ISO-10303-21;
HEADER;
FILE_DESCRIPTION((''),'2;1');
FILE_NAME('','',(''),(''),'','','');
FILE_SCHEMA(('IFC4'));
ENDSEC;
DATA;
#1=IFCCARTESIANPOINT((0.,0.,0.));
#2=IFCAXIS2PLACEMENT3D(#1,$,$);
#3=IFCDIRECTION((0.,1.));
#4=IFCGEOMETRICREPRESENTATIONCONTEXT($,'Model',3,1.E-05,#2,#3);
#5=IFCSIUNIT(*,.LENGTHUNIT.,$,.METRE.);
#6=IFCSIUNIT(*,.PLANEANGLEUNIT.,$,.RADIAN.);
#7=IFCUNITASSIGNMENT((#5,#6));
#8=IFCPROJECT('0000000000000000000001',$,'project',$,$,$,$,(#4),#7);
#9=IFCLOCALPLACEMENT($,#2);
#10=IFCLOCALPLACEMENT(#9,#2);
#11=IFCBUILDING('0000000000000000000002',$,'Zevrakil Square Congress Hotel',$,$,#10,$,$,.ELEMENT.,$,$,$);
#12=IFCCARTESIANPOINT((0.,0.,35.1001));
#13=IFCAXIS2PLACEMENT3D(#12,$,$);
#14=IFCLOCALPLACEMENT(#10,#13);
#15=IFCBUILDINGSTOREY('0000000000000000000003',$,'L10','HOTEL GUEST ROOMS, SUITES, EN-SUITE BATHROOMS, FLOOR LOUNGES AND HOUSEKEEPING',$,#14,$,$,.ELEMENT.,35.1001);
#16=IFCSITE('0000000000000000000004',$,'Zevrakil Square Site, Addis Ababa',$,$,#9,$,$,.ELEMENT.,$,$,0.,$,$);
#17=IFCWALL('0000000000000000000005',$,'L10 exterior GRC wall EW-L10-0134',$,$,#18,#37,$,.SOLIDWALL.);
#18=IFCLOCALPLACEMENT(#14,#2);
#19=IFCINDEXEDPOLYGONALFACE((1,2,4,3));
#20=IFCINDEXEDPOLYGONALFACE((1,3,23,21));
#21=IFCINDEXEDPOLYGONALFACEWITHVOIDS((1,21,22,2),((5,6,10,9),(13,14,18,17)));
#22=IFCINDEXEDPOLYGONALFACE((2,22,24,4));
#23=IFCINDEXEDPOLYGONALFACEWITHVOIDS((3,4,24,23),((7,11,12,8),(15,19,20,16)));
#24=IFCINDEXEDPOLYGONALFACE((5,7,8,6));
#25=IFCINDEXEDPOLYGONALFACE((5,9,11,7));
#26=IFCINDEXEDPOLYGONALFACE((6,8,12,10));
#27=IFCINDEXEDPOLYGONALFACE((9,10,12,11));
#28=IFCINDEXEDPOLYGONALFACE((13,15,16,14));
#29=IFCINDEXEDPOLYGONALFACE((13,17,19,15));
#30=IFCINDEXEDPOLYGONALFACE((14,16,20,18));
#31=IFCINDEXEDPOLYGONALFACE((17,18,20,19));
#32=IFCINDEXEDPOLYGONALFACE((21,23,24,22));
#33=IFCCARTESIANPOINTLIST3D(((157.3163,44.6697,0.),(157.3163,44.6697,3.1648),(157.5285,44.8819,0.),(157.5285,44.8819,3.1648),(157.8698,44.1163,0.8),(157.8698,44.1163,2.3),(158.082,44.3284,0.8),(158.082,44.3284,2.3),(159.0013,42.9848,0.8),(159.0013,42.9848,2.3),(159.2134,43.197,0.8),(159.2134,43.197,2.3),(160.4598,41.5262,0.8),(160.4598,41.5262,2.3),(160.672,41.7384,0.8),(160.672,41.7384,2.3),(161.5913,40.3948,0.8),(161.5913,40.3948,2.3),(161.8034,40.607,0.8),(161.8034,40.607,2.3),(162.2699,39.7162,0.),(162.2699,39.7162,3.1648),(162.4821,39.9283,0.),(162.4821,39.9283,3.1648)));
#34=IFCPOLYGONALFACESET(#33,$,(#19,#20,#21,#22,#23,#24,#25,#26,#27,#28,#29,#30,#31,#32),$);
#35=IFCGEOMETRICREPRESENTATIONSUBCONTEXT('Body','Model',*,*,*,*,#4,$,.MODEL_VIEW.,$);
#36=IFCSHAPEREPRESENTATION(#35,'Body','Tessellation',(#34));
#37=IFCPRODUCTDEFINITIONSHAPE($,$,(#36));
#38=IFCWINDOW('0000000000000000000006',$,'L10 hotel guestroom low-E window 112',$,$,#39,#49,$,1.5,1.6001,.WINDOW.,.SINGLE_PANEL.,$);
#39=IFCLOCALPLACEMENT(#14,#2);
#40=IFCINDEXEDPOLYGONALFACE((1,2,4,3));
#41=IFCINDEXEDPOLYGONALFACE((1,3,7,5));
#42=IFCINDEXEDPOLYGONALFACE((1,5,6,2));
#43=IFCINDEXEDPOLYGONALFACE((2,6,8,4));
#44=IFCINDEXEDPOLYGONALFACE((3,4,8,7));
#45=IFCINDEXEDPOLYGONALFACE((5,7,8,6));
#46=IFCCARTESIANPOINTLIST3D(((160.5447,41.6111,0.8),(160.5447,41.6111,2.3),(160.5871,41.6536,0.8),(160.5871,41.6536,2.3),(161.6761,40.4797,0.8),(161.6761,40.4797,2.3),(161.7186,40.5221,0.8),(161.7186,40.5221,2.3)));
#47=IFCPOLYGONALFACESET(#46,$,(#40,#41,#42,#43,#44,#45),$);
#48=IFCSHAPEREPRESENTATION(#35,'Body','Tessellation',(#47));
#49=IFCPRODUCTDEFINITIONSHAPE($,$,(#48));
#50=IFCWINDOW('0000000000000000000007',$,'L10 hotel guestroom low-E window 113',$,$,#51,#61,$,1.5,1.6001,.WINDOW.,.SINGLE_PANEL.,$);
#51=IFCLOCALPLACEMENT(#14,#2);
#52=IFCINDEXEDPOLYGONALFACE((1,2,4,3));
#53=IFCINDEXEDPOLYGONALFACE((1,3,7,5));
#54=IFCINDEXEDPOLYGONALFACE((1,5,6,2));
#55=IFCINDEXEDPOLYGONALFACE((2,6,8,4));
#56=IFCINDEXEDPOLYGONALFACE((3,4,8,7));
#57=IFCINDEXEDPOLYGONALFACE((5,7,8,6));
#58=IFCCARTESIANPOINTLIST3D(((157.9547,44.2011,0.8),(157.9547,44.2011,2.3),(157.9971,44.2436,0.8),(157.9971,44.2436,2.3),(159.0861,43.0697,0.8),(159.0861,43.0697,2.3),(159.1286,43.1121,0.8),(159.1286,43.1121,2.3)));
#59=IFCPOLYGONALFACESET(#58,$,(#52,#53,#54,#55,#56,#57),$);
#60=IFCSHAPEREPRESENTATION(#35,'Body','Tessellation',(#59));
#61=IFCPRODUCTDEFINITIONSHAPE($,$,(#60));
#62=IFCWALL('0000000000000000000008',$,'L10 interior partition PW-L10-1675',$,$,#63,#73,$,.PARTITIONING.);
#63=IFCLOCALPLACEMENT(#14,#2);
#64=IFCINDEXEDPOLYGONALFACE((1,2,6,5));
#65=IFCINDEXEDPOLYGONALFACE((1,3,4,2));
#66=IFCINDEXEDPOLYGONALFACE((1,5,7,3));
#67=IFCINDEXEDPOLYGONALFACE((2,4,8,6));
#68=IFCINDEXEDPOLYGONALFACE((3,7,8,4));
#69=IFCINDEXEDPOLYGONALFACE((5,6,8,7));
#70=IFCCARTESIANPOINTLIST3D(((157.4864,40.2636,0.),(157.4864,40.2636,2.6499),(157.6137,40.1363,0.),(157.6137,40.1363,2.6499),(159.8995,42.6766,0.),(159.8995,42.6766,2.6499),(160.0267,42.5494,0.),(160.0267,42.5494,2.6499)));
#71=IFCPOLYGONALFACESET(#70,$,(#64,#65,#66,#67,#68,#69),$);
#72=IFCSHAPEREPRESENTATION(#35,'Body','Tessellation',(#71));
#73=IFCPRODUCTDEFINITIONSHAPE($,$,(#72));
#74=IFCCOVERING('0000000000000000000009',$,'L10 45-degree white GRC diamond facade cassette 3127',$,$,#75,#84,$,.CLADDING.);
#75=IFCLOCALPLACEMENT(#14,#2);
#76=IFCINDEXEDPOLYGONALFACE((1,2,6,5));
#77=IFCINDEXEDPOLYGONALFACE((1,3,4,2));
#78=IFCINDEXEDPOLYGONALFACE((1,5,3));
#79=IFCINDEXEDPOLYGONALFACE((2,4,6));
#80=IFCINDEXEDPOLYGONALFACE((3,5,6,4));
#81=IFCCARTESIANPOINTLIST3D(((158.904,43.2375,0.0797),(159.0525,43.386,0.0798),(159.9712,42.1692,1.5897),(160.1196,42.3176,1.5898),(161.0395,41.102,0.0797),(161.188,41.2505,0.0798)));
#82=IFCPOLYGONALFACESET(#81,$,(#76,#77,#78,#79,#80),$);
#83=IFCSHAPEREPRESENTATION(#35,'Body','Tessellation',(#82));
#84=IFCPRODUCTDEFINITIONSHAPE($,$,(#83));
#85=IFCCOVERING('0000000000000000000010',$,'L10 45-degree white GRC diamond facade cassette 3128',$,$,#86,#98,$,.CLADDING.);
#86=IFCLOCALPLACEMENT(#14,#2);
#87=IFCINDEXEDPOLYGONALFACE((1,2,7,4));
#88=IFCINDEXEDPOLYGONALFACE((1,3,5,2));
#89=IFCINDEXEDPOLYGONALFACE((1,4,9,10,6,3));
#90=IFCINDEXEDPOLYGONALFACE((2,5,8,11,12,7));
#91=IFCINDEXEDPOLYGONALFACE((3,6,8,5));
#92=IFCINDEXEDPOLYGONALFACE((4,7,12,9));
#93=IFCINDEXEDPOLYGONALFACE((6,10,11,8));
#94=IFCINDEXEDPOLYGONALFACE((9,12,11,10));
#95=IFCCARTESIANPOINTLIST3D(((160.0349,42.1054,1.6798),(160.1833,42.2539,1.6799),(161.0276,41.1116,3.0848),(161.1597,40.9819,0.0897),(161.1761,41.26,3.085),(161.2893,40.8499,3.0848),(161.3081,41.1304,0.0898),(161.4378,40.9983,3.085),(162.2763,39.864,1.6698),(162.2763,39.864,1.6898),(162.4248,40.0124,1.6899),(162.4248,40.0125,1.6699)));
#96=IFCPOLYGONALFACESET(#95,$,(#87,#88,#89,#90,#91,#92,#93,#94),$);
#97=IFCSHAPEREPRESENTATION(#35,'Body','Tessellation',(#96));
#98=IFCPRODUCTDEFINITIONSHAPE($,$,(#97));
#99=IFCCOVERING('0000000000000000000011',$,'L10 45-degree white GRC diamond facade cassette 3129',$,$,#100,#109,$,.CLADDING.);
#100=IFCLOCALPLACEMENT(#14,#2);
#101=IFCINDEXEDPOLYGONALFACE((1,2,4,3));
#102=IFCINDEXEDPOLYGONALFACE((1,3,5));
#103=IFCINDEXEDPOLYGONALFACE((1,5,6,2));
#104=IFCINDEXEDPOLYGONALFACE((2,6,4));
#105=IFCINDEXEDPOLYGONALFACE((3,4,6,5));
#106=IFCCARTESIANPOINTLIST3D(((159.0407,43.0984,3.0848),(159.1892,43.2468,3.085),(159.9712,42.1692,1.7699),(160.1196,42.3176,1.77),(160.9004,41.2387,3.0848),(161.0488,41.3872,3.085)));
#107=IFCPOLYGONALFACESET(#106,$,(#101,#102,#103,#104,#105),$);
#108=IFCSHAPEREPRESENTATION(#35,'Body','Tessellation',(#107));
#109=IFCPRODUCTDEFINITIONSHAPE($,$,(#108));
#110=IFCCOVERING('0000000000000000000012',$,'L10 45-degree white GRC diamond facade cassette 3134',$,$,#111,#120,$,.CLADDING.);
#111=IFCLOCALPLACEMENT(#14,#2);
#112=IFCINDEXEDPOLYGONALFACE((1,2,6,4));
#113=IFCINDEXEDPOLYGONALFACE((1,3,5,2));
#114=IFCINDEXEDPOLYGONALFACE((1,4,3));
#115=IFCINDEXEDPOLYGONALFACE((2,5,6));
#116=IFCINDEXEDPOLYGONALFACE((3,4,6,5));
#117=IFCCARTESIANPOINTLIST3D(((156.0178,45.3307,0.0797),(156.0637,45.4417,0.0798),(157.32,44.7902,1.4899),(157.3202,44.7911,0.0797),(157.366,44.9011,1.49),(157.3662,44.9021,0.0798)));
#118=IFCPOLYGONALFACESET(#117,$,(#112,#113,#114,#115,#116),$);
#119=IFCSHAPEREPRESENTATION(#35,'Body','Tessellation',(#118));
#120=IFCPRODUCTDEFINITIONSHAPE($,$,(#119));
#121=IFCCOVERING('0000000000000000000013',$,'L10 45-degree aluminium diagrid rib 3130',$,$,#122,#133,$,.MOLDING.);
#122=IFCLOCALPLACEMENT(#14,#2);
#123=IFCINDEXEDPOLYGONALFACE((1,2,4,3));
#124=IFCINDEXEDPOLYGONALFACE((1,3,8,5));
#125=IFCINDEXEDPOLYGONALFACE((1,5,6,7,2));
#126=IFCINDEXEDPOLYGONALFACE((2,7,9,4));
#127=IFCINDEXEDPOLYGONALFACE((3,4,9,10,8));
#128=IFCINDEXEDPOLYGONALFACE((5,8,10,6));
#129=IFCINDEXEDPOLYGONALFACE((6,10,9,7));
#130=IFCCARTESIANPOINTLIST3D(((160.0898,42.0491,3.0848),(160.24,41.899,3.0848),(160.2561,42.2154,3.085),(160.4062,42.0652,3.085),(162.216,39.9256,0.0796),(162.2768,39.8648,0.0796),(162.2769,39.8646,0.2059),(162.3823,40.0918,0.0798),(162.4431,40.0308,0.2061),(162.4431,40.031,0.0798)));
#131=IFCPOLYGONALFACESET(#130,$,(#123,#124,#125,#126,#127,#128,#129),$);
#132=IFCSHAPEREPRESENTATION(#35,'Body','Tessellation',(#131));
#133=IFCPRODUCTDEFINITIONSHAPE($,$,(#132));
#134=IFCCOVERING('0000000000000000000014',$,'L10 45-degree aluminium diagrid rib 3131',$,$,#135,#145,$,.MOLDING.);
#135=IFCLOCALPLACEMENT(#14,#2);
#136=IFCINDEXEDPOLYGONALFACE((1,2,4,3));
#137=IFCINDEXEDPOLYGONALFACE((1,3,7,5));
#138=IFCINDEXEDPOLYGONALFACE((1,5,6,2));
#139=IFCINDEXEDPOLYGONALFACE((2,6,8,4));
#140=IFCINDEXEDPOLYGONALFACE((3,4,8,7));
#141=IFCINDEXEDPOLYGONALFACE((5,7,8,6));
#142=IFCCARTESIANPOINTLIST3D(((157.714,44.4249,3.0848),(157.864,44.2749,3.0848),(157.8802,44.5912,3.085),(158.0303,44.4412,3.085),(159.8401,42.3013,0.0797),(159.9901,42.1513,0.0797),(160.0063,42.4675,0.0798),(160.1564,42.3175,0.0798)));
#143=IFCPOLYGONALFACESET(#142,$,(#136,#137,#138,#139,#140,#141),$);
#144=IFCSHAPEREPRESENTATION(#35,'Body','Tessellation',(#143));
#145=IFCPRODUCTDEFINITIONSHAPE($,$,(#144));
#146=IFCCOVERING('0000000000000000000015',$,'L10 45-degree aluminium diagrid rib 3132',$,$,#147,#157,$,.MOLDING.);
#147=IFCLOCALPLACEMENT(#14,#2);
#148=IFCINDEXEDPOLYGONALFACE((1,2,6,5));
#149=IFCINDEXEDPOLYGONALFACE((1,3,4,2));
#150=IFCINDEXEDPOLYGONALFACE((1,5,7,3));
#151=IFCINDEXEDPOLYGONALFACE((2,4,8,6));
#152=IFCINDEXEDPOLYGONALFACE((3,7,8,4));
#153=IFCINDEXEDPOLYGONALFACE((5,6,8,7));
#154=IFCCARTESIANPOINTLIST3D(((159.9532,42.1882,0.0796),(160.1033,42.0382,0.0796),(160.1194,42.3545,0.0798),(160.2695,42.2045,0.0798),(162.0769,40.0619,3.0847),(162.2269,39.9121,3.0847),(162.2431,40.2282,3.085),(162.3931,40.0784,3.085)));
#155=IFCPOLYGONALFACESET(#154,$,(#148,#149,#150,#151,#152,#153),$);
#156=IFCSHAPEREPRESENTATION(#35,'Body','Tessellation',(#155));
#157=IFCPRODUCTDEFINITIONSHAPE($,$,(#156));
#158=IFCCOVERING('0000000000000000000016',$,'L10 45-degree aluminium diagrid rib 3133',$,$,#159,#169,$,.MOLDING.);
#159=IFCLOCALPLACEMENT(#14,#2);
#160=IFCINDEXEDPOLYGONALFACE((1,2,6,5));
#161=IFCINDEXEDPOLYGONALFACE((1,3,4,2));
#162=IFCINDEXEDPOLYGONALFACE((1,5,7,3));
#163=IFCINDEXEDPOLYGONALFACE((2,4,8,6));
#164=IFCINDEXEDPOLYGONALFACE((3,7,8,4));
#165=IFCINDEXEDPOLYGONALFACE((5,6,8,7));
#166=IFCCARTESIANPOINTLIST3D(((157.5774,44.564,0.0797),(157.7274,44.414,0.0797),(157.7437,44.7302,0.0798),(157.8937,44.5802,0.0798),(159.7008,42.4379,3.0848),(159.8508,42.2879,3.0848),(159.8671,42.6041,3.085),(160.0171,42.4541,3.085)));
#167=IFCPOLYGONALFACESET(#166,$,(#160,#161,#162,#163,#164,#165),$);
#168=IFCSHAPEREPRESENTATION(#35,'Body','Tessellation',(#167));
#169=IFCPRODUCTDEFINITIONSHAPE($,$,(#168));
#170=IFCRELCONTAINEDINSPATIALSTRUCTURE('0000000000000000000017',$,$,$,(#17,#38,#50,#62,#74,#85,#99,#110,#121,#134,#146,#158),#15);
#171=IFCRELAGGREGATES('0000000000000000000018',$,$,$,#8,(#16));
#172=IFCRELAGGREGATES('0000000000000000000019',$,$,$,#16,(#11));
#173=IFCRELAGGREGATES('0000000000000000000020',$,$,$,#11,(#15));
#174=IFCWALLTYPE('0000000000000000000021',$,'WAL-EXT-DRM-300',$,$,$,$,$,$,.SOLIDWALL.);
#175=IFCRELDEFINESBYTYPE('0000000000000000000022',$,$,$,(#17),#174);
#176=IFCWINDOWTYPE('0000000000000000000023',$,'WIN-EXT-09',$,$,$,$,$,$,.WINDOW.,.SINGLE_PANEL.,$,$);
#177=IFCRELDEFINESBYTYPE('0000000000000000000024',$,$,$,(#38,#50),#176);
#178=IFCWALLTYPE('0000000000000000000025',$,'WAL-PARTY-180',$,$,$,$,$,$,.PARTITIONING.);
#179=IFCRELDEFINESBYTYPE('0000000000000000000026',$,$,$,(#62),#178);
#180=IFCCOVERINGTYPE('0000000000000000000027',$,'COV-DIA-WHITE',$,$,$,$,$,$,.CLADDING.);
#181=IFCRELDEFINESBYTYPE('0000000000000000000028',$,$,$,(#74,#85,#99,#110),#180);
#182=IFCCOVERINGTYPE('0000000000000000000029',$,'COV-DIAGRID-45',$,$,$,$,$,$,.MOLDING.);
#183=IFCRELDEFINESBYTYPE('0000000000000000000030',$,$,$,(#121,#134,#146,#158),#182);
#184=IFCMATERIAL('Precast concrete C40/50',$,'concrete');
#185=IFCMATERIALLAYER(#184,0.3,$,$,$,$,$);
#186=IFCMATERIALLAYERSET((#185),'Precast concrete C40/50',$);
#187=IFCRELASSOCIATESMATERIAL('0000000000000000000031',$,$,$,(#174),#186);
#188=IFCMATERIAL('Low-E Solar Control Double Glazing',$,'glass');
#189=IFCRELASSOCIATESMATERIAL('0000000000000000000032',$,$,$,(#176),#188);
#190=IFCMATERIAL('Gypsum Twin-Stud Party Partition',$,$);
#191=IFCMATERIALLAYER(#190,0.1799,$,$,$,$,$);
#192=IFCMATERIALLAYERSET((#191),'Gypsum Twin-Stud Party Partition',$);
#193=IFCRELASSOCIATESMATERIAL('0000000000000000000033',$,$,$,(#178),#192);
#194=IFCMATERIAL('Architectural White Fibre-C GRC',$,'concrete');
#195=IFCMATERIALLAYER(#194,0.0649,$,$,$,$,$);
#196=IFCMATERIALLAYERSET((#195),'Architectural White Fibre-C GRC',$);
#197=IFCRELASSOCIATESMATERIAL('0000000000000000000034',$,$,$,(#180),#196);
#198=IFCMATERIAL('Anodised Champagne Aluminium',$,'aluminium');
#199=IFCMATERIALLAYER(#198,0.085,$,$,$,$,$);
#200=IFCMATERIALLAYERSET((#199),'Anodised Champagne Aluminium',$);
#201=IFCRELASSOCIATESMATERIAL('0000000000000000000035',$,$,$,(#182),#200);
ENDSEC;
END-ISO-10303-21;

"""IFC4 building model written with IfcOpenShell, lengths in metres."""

from ifc_helpers import new_model, si_unit, direction, frame, frame_2d, origin, place, context, subcontext, project, spatial, polyline, rectangle, outline, extrude, material, layer, layer_set, type_object, element, fill, save


model = new_model("IFC4")

# Units and contexts
model_context = context("Model", 3, precision=1e-05, world=origin(), true_north=direction((0.0, 1.0)))
body_context = subcontext(model_context, "Body", "Model", "MODEL_VIEW")
ifc_project = project(units=[si_unit("LENGTHUNIT", "METRE"), si_unit("PLANEANGLEUNIT", "RADIAN")], contexts=[model_context])

# Site, building, storey
site_placement = place(None, origin())
site = spatial("IfcSite", under=ifc_project, at=site_placement, Name="Zevrakil Square Site, Addis Ababa", CompositionType="ELEMENT", RefElevation=0.0)
building_placement = place(site_placement, origin())
building = spatial("IfcBuilding", under=site, at=building_placement, Name="Zevrakil Square Congress Hotel", CompositionType="ELEMENT")
storey_placement = place(building_placement, frame((0.0, 0.0, 35.1001)))
storey = spatial("IfcBuildingStorey", under=building, at=storey_placement, Name="L10", Description="HOTEL GUEST ROOMS, SUITES, EN-SUITE BATHROOMS, FLOOR LOUNGES AND HOUSEKEEPING", CompositionType="ELEMENT", Elevation=35.1001)

# Wall, openings, windows
ifc_material_1 = material(Name="Precast concrete C40/50", Category="concrete")
ifc_layer_1 = layer(ifc_material_1, 0.3)
ifc_layer_set_1 = layer_set([ifc_layer_1], Name="Precast concrete C40/50")
wall_type_1 = type_object("IfcWallType", Name="WAL-EXT-DRM-300", PredefinedType="SOLIDWALL", material=ifc_layer_set_1)
wall_1_placement = place(storey_placement, frame((162.376, 39.8223, 0.0), z_axis=(0.0, 0.0, 1.0), x_axis=(-0.707107, 0.707107, 0.0)))
wall_1 = element("IfcWall", 1, at=wall_1_placement, inside=storey, type_object=wall_type_1, Name="L10 exterior GRC wall EW-L10-0134", PredefinedType="SOLIDWALL", context=body_context, shape_type="SweptSolid", body=[
    extrude(rectangle(XDim=7.0054, YDim=0.3, at=frame_2d((3.5027, 0.0))), origin(), (0.0, 0.0, 1.0), 3.1648),
])
opening_1_placement = place(wall_1_placement, frame((0.9597, 0.0, 0.8)))
opening_1 = element("IfcOpeningElement", 2, at=opening_1_placement, cuts=wall_1, PredefinedType="OPENING", context=body_context, shape_type="SweptSolid", body=[
    extrude(rectangle(XDim=1.6001, YDim=1.5, at=frame_2d((0.8, 0.75))), frame((0.0, 0.1602, 0.0), z_axis=(0.0, -1.0, 0.0), x_axis=(1.0, 0.0, 0.0)), (0.0, 0.0, 1.0), 0.3201),
])
opening_2_placement = place(wall_1_placement, frame((4.6226, 0.0, 0.8)))
opening_2 = element("IfcOpeningElement", 3, at=opening_2_placement, cuts=wall_1, PredefinedType="OPENING", context=body_context, shape_type="SweptSolid", body=[
    extrude(rectangle(XDim=1.6001, YDim=1.5, at=frame_2d((0.8, 0.75))), frame((0.0, 0.1602, 0.0), z_axis=(0.0, -1.0, 0.0), x_axis=(1.0, 0.0, 0.0)), (0.0, 0.0, 1.0), 0.3201),
])
ifc_material_2 = material(Name="Low-E Solar Control Double Glazing", Category="glass")
window_type = type_object("IfcWindowType", Name="WIN-EXT-09", PartitioningType="SINGLE_PANEL", PredefinedType="WINDOW", material=ifc_material_2)
window_1_placement = place(opening_1_placement, origin())
window_1 = element("IfcWindow", 4, at=window_1_placement, inside=storey, type_object=window_type, Name="L10 hotel guestroom low-E window 112", OverallHeight=1.5, OverallWidth=1.6001, PartitioningType="SINGLE_PANEL", PredefinedType="WINDOW", context=body_context, shape_type="SweptSolid", body=[
    extrude(rectangle(XDim=1.6001, YDim=1.5, at=frame_2d((0.8, 0.75))), frame((0.0, 0.03, 0.0), z_axis=(0.0, -1.0, 0.0), x_axis=(1.0, 0.0, 0.0)), (0.0, 0.0, 1.0), 0.0601),
])
fill(opening_1, window_1)
window_2_placement = place(opening_2_placement, origin())
window_2 = element("IfcWindow", 5, at=window_2_placement, inside=storey, type_object=window_type, Name="L10 hotel guestroom low-E window 113", OverallHeight=1.5, OverallWidth=1.6001, PartitioningType="SINGLE_PANEL", PredefinedType="WINDOW", context=body_context, shape_type="SweptSolid", body=[
    extrude(rectangle(XDim=1.6001, YDim=1.5, at=frame_2d((0.8, 0.75))), frame((0.0, 0.03, 0.0), z_axis=(0.0, -1.0, 0.0), x_axis=(1.0, 0.0, 0.0)), (0.0, 0.0, 1.0), 0.0601),
])
fill(opening_2, window_2)

# Wall
ifc_material_3 = material(Name="Gypsum Twin-Stud Party Partition")
ifc_layer_2 = layer(ifc_material_3, 0.1799)
ifc_layer_set_2 = layer_set([ifc_layer_2], Name="Gypsum Twin-Stud Party Partition")
wall_type_2 = type_object("IfcWallType", Name="WAL-PARTY-180", PredefinedType="PARTITIONING", material=ifc_layer_set_2)
wall_2_placement = place(storey_placement, frame((157.55, 40.2, 0.0), z_axis=(0.0, 0.0, 1.0), x_axis=(0.707107, 0.707107, 0.0)))
element("IfcWall", 6, at=wall_2_placement, inside=storey, type_object=wall_type_2, Name="L10 interior partition PW-L10-1675", PredefinedType="PARTITIONING", context=body_context, shape_type="SweptSolid", body=[
    extrude(rectangle(XDim=3.4126, YDim=0.1799, at=frame_2d((1.7063, 0.0))), origin(), (0.0, 0.0, 1.0), 2.6499),
])

# Coverings
ifc_material_4 = material(Name="Architectural White Fibre-C GRC", Category="concrete")
ifc_layer_3 = layer(ifc_material_4, 0.0649)
ifc_layer_set_3 = layer_set([ifc_layer_3], Name="Architectural White Fibre-C GRC")
covering_type_1 = type_object("IfcCoveringType", Name="COV-DIA-WHITE", PredefinedType="CLADDING", material=ifc_layer_set_3)
covering_1_placement = place(storey_placement, frame((160.1196, 42.3176, 1.5898), z_axis=(0.707107, 0.707107, 0.000572), x_axis=(-0.499717, 0.500288, -0.707103)))
element("IfcCovering", 7, at=covering_1_placement, inside=storey, type_object=covering_type_1, Name="L10 45-degree white GRC diamond facade cassette 3127", PredefinedType="CLADDING", context=body_context, shape_type="SweptSolid", body=[
    extrude(outline(polyline([(0.0, 0.0), (2.1355, 0.0), (0.0, -2.1355), (0.0, 0.0)])), origin(), (0.0, 0.0, -1.0), 0.21),
])
covering_2_placement = place(storey_placement, frame((160.1833, 42.2539, 1.6799), z_axis=(0.707107, 0.707107, 0.000577), x_axis=(0.50024, -0.499663, -0.707175)))
element("IfcCovering", 8, at=covering_2_placement, inside=storey, type_object=covering_type_1, Name="L10 45-degree white GRC diamond facade cassette 3128", PredefinedType="CLADDING", context=body_context, shape_type="SweptSolid", body=[
    extrude(outline(polyline([(0.0, 0.0), (2.2485, 0.0), (2.2483, -2.2346), (2.2342, -2.2487), (0.2613, -2.2485), (-0.0004, -1.9868), (0.0, 0.0)])), origin(), (0.0, 0.0, -1.0), 0.21),
])
covering_3_placement = place(storey_placement, frame((160.1196, 42.3176, 1.77), z_axis=(0.707107, 0.707107, 0.000656), x_axis=(0.499673, -0.50033, 0.707105)))
element("IfcCovering", 9, at=covering_3_placement, inside=storey, type_object=covering_type_1, Name="L10 45-degree white GRC diamond facade cassette 3129", PredefinedType="CLADDING", context=body_context, shape_type="SweptSolid", body=[
    extrude(outline(polyline([(0.0, 0.0), (1.8596, 0.0), (0.0, -1.8596), (0.0, 0.0)])), origin(), (0.0, 0.0, -1.0), 0.21),
])
covering_4_placement = place(storey_placement, frame((156.0637, 45.4417, 0.0798), z_axis=(0.382709, 0.923869, 0.000706), x_axis=(0.923869, -0.382709, 0.0)))
element("IfcCovering", 10, at=covering_4_placement, inside=storey, type_object=covering_type_1, Name="L10 45-degree white GRC diamond facade cassette 3134", PredefinedType="CLADDING", context=body_context, shape_type="SweptSolid", body=[
    extrude(outline(polyline([(0.0, 0.0), (1.4098, 0.0), (1.41, -1.4102), (0.0, 0.0)])), origin(), (0.0, 0.0, -1.0), 0.1201),
])
ifc_material_5 = material(Name="Anodised Champagne Aluminium", Category="aluminium")
ifc_layer_4 = layer(ifc_material_5, 0.085)
ifc_layer_set_4 = layer_set([ifc_layer_4], Name="Anodised Champagne Aluminium")
covering_type_2 = type_object("IfcCoveringType", Name="COV-DIAGRID-45", PredefinedType="MOLDING", material=ifc_layer_set_4)
covering_5_placement = place(storey_placement, frame((162.3823, 40.0918, 0.0798), z_axis=(0.707263, 0.70695, 0.000844), x_axis=(0.70695, -0.707263, 0.0)))
element("IfcCovering", 11, at=covering_5_placement, inside=storey, type_object=covering_type_2, Name="L10 45-degree aluminium diagrid rib 3130", PredefinedType="MOLDING", context=body_context, shape_type="SweptSolid", body=[
    extrude(outline(polyline([(0.0, 0.0), (0.086, 0.0), (0.0861, -0.1262), (-2.7927, -3.0051), (-3.005, -3.0051), (0.0, 0.0)])), origin(), (0.0, 0.0, -1.0), 0.2351),
])
covering_6_placement = place(storey_placement, frame((160.0063, 42.4675, 0.0798), z_axis=(0.707107, 0.707107, 0.000574), x_axis=(0.707107, -0.707107, 0.0)))
element("IfcCovering", 12, at=covering_6_placement, inside=storey, type_object=covering_type_2, Name="L10 45-degree aluminium diagrid rib 3131", PredefinedType="MOLDING", context=body_context, shape_type="SweptSolid", body=[
    extrude(outline(polyline([(0.0, 0.0), (0.2122, 0.0), (-2.7929, -3.0051), (-3.005, -3.0051), (0.0, 0.0)])), origin(), (0.0, 0.0, -1.0), 0.2351),
])
covering_7_placement = place(storey_placement, frame((162.3931, 40.0784, 3.085), z_axis=(0.706819, 0.707394, 0.00101), x_axis=(-0.707395, 0.706819, 0.0)))
element("IfcCovering", 13, at=covering_7_placement, inside=storey, type_object=covering_type_2, Name="L10 45-degree aluminium diagrid rib 3132", PredefinedType="MOLDING", context=body_context, shape_type="SweptSolid", body=[
    extrude(outline(polyline([(0.0, 0.0), (0.212, 0.0), (3.2172, -3.0051), (3.005, -3.0051), (0.0, 0.0)])), origin(), (0.0, 0.0, -1.0), 0.2351),
])
covering_8_placement = place(storey_placement, frame((160.0171, 42.4541, 3.085), z_axis=(0.707107, 0.707107, 0.000632), x_axis=(-0.707107, 0.707107, -0.000001)))
element("IfcCovering", 14, at=covering_8_placement, inside=storey, type_object=covering_type_2, Name="L10 45-degree aluminium diagrid rib 3133", PredefinedType="MOLDING", context=body_context, shape_type="SweptSolid", body=[
    extrude(outline(polyline([(0.0, 0.0), (0.2122, 0.0), (3.217, -3.0051), (3.0049, -3.0051), (0.0, 0.0)])), origin(), (0.0, 0.0, -1.0), 0.2351),
])

save(model, "model.ifc")
